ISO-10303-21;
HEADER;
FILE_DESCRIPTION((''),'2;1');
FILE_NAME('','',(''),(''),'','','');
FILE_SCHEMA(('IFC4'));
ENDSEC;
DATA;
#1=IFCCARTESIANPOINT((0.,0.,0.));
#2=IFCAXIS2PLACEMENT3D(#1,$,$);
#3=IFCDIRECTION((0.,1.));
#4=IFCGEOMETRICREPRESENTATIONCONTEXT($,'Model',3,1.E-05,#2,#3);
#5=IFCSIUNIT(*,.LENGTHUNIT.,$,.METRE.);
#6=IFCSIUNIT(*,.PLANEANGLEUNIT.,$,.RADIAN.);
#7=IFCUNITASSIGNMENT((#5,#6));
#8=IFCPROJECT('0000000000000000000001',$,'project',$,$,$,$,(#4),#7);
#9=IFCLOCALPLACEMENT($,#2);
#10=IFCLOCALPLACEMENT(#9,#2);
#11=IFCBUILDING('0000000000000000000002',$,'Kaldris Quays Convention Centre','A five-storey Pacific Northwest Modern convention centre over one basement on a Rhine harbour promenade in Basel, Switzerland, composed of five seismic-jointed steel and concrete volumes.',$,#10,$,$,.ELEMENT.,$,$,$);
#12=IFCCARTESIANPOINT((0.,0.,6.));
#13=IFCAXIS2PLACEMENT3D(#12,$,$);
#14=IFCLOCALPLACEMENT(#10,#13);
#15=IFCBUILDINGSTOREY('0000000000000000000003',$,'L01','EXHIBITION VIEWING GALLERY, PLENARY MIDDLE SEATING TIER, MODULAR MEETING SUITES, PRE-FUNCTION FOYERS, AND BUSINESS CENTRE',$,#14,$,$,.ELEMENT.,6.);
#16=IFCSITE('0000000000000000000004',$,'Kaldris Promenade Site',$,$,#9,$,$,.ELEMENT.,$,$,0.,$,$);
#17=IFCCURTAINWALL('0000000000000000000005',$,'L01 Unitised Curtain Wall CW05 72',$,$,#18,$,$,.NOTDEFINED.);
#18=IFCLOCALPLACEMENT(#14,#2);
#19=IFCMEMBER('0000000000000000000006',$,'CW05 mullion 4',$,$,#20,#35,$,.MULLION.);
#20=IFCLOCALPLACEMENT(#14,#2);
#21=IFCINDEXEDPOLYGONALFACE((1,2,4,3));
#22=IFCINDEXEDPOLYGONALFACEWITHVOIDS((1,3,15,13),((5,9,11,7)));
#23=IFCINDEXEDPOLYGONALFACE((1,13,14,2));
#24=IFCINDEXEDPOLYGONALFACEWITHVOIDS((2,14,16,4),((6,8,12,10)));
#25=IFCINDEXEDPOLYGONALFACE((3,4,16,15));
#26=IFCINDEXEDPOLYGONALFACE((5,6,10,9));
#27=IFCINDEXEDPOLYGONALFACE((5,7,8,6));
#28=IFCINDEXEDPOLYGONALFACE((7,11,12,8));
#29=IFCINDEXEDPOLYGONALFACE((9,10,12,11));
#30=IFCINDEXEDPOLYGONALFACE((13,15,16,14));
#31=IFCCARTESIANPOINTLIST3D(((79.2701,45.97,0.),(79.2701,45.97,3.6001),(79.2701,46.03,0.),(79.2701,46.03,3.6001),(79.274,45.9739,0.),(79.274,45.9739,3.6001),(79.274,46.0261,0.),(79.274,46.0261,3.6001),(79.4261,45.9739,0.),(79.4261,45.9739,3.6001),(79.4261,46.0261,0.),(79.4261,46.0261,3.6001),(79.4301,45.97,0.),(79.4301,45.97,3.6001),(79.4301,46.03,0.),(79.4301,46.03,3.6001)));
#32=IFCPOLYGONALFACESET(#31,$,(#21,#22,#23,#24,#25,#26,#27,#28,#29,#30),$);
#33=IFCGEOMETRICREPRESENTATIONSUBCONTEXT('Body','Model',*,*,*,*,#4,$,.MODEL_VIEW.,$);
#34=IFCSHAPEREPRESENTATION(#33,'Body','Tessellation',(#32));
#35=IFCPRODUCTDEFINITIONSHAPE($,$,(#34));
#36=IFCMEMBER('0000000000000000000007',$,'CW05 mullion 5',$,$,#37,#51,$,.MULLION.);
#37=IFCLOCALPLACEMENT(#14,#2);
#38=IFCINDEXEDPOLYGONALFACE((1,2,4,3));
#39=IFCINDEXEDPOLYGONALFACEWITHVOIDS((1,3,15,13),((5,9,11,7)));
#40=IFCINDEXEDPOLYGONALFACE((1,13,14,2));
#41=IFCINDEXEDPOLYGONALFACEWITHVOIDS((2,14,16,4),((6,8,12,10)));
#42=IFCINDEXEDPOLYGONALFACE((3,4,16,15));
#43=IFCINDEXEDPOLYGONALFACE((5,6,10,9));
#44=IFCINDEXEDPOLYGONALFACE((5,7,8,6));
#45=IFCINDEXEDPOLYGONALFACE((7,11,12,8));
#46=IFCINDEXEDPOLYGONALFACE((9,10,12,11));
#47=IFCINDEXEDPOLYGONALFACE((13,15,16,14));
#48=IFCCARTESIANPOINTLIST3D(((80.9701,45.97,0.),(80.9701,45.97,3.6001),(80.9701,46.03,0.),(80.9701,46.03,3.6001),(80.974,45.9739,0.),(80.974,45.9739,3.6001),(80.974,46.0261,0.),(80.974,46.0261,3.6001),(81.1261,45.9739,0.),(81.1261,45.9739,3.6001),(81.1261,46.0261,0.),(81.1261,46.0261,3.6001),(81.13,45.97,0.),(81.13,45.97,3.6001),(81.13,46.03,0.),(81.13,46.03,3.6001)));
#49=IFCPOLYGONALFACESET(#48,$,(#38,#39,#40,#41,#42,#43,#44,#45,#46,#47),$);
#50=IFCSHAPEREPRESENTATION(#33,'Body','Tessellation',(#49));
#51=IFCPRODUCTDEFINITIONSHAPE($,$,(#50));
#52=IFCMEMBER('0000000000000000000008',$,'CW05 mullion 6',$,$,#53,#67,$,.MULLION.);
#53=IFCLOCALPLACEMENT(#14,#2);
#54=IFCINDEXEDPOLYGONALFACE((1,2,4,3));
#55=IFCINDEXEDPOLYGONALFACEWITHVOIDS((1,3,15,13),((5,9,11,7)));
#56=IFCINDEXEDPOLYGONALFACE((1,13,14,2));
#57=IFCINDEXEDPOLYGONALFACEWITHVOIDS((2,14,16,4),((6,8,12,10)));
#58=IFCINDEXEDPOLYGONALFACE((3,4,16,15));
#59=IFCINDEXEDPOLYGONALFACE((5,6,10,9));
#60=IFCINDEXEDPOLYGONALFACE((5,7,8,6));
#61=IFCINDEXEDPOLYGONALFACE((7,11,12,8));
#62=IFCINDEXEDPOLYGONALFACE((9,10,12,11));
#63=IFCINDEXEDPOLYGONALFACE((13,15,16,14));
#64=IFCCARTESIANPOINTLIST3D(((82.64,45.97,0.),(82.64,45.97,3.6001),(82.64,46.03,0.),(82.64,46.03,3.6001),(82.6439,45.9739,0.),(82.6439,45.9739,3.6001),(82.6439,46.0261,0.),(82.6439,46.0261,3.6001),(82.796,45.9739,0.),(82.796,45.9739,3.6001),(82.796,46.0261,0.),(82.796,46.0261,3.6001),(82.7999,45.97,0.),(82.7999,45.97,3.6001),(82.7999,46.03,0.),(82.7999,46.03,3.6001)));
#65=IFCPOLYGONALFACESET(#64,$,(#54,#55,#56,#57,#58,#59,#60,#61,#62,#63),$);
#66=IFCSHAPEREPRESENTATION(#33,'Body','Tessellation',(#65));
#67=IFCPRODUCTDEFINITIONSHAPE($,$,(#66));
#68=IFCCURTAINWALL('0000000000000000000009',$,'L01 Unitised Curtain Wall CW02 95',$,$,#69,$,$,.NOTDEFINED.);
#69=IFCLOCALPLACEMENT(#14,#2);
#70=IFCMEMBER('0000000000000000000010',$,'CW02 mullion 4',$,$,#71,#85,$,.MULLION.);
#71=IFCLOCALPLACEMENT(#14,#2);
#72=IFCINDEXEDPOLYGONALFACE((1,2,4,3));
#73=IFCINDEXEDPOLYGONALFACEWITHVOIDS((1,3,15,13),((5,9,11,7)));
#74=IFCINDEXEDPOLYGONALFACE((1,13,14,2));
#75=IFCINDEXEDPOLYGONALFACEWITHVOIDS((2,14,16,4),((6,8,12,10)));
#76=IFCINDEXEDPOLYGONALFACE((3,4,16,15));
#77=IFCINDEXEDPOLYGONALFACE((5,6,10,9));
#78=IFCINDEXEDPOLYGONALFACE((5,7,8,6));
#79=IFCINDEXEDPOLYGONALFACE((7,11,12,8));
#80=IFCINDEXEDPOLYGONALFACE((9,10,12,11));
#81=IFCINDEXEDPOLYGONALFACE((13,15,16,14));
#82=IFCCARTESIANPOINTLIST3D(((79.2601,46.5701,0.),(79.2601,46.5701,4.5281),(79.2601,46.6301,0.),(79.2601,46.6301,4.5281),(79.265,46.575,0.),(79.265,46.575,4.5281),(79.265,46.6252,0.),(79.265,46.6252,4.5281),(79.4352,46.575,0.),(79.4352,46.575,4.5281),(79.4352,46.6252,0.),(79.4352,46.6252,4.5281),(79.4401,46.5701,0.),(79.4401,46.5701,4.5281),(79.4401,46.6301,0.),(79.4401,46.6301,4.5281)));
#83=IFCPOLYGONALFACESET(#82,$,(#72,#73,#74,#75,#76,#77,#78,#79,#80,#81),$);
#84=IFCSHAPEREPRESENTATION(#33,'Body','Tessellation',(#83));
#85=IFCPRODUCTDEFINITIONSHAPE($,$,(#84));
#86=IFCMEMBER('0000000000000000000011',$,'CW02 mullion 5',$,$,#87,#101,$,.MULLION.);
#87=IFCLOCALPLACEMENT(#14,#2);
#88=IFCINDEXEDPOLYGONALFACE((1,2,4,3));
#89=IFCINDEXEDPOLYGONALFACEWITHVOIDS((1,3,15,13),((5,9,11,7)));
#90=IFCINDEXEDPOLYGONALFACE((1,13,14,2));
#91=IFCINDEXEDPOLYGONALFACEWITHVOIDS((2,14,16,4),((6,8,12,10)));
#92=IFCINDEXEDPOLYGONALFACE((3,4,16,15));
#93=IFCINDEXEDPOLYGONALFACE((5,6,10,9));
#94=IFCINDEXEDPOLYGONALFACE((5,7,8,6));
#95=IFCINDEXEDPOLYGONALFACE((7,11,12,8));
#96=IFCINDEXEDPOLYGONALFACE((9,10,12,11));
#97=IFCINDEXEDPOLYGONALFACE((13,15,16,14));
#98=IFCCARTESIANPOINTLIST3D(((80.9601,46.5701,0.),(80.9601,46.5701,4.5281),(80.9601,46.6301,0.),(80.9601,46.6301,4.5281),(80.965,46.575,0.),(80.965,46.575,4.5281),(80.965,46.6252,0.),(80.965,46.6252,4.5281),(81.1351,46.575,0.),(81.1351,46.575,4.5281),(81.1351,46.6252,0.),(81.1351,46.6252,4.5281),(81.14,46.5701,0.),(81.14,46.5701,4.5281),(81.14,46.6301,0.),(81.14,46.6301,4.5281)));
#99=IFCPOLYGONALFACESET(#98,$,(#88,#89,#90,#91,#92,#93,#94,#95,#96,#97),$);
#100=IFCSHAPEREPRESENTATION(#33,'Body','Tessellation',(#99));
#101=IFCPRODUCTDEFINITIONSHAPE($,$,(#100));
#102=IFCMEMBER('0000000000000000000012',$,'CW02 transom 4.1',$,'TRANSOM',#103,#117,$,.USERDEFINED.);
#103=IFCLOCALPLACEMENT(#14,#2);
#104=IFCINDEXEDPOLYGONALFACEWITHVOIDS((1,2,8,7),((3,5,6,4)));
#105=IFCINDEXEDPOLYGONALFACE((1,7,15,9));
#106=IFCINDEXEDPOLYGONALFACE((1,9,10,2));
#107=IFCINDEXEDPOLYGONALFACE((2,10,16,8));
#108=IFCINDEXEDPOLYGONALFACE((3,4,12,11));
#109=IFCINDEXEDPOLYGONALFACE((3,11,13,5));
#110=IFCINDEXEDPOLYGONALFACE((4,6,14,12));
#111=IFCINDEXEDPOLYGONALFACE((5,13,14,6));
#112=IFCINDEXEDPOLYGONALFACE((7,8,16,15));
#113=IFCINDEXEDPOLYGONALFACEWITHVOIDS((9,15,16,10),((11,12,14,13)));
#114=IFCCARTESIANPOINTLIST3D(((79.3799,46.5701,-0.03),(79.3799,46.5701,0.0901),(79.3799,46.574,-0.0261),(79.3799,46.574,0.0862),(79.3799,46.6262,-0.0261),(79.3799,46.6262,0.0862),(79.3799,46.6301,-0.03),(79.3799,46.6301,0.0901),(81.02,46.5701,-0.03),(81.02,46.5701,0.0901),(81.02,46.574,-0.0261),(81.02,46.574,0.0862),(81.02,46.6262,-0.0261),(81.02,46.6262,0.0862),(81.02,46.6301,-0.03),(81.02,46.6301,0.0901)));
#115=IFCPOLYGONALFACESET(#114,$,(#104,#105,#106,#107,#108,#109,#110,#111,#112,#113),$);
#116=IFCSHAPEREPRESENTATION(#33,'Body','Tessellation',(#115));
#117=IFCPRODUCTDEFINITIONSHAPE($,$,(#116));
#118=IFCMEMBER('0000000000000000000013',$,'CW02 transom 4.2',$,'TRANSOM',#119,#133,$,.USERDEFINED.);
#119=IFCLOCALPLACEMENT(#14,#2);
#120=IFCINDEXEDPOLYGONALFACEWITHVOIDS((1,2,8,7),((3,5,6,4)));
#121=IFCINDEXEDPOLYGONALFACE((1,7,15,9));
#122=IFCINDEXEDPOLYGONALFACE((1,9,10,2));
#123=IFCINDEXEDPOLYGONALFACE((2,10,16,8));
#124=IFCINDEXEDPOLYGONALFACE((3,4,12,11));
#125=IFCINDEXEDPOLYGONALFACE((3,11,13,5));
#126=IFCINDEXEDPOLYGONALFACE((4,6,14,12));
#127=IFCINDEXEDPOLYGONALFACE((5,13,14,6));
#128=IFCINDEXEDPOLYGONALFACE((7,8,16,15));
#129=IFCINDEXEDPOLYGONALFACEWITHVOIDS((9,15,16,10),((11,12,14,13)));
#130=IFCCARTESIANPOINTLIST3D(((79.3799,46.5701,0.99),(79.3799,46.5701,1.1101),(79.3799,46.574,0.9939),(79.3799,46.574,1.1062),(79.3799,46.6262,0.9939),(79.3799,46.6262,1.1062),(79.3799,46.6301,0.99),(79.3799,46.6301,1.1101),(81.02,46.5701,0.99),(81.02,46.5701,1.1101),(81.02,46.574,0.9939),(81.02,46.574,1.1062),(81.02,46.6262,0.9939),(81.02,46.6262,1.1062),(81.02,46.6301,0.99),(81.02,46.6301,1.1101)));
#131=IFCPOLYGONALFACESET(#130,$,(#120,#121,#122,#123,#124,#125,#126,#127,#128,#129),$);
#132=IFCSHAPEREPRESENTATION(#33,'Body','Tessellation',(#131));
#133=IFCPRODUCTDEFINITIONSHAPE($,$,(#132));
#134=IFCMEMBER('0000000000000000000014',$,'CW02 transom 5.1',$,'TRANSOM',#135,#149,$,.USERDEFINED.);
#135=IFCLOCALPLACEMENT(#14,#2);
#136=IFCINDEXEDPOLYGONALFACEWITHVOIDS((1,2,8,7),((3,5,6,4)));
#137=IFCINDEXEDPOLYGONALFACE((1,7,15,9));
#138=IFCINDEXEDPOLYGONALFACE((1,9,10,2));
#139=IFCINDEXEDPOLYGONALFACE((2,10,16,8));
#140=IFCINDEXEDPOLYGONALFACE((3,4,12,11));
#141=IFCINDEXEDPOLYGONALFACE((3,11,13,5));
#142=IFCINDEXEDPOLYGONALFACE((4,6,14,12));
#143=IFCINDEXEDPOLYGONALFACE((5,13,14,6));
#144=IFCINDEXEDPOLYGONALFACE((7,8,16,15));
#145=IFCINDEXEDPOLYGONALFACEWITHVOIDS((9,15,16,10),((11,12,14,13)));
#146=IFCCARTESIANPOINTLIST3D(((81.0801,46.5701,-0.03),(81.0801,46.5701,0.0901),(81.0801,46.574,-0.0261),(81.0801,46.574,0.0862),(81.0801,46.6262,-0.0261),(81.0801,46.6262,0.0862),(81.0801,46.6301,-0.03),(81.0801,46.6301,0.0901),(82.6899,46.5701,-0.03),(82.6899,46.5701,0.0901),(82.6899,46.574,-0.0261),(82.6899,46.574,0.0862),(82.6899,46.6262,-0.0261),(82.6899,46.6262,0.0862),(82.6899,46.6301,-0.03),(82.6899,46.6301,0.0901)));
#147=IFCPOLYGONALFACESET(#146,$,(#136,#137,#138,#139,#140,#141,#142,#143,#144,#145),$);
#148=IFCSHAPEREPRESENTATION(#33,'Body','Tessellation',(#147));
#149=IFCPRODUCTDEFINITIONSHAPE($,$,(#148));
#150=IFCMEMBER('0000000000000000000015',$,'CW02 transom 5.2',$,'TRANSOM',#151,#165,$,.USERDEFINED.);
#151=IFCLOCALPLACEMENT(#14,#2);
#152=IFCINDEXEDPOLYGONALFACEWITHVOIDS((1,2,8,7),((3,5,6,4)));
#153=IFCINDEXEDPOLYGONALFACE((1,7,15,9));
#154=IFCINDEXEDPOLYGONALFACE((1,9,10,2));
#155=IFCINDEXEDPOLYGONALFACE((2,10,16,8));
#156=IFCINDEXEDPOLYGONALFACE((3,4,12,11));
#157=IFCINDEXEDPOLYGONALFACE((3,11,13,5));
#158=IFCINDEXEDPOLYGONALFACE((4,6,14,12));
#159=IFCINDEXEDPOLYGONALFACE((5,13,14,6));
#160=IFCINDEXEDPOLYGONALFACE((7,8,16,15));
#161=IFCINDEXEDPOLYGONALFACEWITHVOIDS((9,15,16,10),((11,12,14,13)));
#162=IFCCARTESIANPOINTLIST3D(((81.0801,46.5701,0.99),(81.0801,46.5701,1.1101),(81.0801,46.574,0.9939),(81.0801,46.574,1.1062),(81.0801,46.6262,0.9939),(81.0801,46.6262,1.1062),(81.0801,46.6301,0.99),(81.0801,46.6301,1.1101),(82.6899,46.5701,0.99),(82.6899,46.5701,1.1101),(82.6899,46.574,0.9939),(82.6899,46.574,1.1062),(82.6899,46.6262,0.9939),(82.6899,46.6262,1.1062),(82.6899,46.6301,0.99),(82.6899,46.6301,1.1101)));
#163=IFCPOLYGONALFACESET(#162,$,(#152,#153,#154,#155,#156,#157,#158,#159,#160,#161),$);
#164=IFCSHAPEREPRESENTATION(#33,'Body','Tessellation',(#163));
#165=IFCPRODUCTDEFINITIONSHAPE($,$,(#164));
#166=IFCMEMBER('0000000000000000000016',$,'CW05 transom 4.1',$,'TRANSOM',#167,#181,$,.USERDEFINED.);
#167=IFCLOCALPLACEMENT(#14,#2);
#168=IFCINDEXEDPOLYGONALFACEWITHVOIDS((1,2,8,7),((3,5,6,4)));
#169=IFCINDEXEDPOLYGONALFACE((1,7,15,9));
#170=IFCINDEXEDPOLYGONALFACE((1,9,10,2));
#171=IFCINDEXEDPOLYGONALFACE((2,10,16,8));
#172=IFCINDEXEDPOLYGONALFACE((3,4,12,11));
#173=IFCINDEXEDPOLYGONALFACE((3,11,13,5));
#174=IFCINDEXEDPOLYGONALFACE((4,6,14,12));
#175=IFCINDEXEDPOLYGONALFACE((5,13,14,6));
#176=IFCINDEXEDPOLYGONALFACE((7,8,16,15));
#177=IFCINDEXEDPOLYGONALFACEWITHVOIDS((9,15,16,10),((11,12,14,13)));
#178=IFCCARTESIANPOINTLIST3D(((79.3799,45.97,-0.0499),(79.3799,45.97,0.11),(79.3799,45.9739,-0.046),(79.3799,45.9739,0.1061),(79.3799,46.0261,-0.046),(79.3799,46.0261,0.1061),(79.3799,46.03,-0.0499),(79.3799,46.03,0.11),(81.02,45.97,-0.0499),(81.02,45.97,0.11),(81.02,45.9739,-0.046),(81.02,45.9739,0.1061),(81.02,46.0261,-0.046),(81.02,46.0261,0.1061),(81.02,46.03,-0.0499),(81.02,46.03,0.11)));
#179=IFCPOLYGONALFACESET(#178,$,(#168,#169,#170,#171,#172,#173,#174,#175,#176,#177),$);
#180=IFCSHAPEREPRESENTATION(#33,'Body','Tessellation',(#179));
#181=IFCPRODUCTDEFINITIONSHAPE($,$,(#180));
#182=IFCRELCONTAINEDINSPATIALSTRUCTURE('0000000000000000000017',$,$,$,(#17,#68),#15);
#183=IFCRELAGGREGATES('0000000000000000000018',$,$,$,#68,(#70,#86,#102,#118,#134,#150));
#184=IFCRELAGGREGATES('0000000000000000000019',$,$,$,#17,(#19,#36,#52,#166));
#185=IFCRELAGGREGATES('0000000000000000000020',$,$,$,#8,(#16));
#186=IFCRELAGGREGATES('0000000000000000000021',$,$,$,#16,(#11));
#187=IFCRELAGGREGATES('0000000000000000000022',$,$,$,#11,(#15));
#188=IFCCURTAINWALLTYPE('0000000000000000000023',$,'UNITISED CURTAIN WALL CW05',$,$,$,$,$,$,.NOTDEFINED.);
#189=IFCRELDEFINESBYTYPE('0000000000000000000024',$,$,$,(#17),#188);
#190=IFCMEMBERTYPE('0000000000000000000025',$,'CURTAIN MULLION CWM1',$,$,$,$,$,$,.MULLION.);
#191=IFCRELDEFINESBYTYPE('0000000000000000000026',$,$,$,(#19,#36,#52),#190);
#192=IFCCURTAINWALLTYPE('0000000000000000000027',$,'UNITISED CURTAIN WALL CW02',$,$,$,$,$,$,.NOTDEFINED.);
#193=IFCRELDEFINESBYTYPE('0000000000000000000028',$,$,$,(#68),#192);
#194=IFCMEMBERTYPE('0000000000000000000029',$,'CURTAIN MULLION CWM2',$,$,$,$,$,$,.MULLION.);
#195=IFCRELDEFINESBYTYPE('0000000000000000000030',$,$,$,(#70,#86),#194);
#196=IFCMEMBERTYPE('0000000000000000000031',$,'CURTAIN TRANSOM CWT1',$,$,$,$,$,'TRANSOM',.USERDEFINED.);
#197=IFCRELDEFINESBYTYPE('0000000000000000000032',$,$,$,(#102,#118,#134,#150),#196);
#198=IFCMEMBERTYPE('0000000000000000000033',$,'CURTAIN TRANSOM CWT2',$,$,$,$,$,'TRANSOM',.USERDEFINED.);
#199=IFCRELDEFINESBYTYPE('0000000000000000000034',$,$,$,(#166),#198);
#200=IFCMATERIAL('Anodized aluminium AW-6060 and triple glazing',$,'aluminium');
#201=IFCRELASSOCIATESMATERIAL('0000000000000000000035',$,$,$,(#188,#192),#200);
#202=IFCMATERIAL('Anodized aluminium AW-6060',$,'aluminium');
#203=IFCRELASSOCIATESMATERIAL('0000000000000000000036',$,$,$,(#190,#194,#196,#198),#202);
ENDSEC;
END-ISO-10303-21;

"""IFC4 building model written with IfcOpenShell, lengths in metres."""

from ifc_helpers import new_model, si_unit, direction, frame, origin, origin_2d, place, context, subcontext, project, spatial, hollow_rectangle, extrude, material, material_profile, profile_set, type_object, element, aggregate, save


model = new_model("IFC4")

# Units and contexts
model_context = context("Model", 3, precision=1e-05, world=origin(), true_north=direction((0.0, 1.0)))
body_context = subcontext(model_context, "Body", "Model", "MODEL_VIEW")
ifc_project = project(units=[si_unit("LENGTHUNIT", "METRE"), si_unit("PLANEANGLEUNIT", "RADIAN")], contexts=[model_context])

# Site, building, storey
site_placement = place(None, origin())
site = spatial("IfcSite", under=ifc_project, at=site_placement, Name="Kaldris Promenade Site", CompositionType="ELEMENT", RefElevation=0.0)
building_placement = place(site_placement, origin())
building = spatial("IfcBuilding", under=site, at=building_placement, Name="Kaldris Quays Convention Centre", Description="A five-storey Pacific Northwest Modern convention centre over one basement on a Rhine harbour promenade in Basel, Switzerland, composed of five seismic-jointed steel and concrete volumes.", CompositionType="ELEMENT")
storey_placement = place(building_placement, frame((0.0, 0.0, 6.0)))
storey = spatial("IfcBuildingStorey", under=building, at=storey_placement, Name="L01", Description="EXHIBITION VIEWING GALLERY, PLENARY MIDDLE SEATING TIER, MODULAR MEETING SUITES, PRE-FUNCTION FOYERS, AND BUSINESS CENTRE", CompositionType="ELEMENT", Elevation=6.0)

# Curtain walls, members
ifc_material_1 = material(Name="Anodized aluminium AW-6060 and triple glazing", Category="aluminium")
curtain_wall_type_1 = type_object("IfcCurtainWallType", Name="UNITISED CURTAIN WALL CW05", PredefinedType="NOTDEFINED", material=ifc_material_1)
curtain_wall_1_placement = place(storey_placement, origin())
curtain_wall_1 = element("IfcCurtainWall", 1, at=curtain_wall_1_placement, inside=storey, type_object=curtain_wall_type_1, Name="L01 Unitised Curtain Wall CW05 72", PredefinedType="NOTDEFINED")
ifc_material_2 = material(Name="Anodized aluminium AW-6060", Category="aluminium")
ifc_material_profile_1 = material_profile(ifc_material_2, hollow_rectangle(XDim=0.0601, YDim=0.1599, WallThickness=0.0039, at=origin_2d()), Name="RHS 160x60x4")
ifc_profile_set_1 = profile_set([ifc_material_profile_1], Name="Anodized aluminium AW-6060")
member_type_1 = type_object("IfcMemberType", Name="CURTAIN MULLION CWM1", PredefinedType="MULLION", material=ifc_profile_set_1)
member_1_placement = place(storey_placement, frame((79.3501, 46.0, 0.0), z_axis=(0.0, 0.0, 1.0), x_axis=(0.0, 1.0, 0.0)))
member_1 = element("IfcMember", 2, at=member_1_placement, type_object=member_type_1, Name="CW05 mullion 4", PredefinedType="MULLION", context=body_context, shape_type="SweptSolid", body=[
    extrude(hollow_rectangle(XDim=0.0601, YDim=0.1599, WallThickness=0.0039, at=origin_2d()), origin(), (0.0, 0.0, 1.0), 3.6001),
])
member_2_placement = place(storey_placement, frame((81.05, 46.0, 0.0), z_axis=(0.0, 0.0, 1.0), x_axis=(0.0, 1.0, 0.0)))
member_2 = element("IfcMember", 3, at=member_2_placement, type_object=member_type_1, Name="CW05 mullion 5", PredefinedType="MULLION", context=body_context, shape_type="SweptSolid", body=[
    extrude(hollow_rectangle(XDim=0.0601, YDim=0.1599, WallThickness=0.0039, at=origin_2d()), origin(), (0.0, 0.0, 1.0), 3.6001),
])
member_3_placement = place(storey_placement, frame((82.72, 46.0, 0.0), z_axis=(0.0, 0.0, 1.0), x_axis=(0.0, 1.0, 0.0)))
member_3 = element("IfcMember", 4, at=member_3_placement, type_object=member_type_1, Name="CW05 mullion 6", PredefinedType="MULLION", context=body_context, shape_type="SweptSolid", body=[
    extrude(hollow_rectangle(XDim=0.0601, YDim=0.1599, WallThickness=0.0039, at=origin_2d()), origin(), (0.0, 0.0, 1.0), 3.6001),
])
curtain_wall_type_2 = type_object("IfcCurtainWallType", Name="UNITISED CURTAIN WALL CW02", PredefinedType="NOTDEFINED", material=ifc_material_1)
curtain_wall_2_placement = place(storey_placement, origin())
curtain_wall_2 = element("IfcCurtainWall", 5, at=curtain_wall_2_placement, inside=storey, type_object=curtain_wall_type_2, Name="L01 Unitised Curtain Wall CW02 95", PredefinedType="NOTDEFINED")
ifc_material_profile_2 = material_profile(ifc_material_2, hollow_rectangle(XDim=0.0601, YDim=0.1799, WallThickness=0.0049, at=origin_2d()), Name="RHS 180x60x5")
ifc_profile_set_2 = profile_set([ifc_material_profile_2], Name="Anodized aluminium AW-6060")
member_type_2 = type_object("IfcMemberType", Name="CURTAIN MULLION CWM2", PredefinedType="MULLION", material=ifc_profile_set_2)
member_4_placement = place(storey_placement, frame((79.3501, 46.6001, 0.0), z_axis=(0.0, 0.0, 1.0), x_axis=(0.0, 1.0, 0.0)))
member_4 = element("IfcMember", 6, at=member_4_placement, type_object=member_type_2, Name="CW02 mullion 4", PredefinedType="MULLION", context=body_context, shape_type="SweptSolid", body=[
    extrude(hollow_rectangle(XDim=0.0601, YDim=0.1799, WallThickness=0.0049, at=origin_2d()), origin(), (0.0, 0.0, 1.0), 4.5281),
])
member_5_placement = place(storey_placement, frame((81.05, 46.6001, 0.0), z_axis=(0.0, 0.0, 1.0), x_axis=(0.0, 1.0, 0.0)))
member_5 = element("IfcMember", 7, at=member_5_placement, type_object=member_type_2, Name="CW02 mullion 5", PredefinedType="MULLION", context=body_context, shape_type="SweptSolid", body=[
    extrude(hollow_rectangle(XDim=0.0601, YDim=0.1799, WallThickness=0.0049, at=origin_2d()), origin(), (0.0, 0.0, 1.0), 4.5281),
])
ifc_material_profile_3 = material_profile(ifc_material_2, hollow_rectangle(XDim=0.0601, YDim=0.1201, WallThickness=0.0039, at=origin_2d()), Name="RHS 120x60x4")
ifc_profile_set_3 = profile_set([ifc_material_profile_3], Name="Anodized aluminium AW-6060")
member_type_3 = type_object("IfcMemberType", Name="CURTAIN TRANSOM CWT1", ElementType="TRANSOM", PredefinedType="USERDEFINED", material=ifc_profile_set_3)
member_6_placement = place(storey_placement, frame((79.3799, 46.6001, 0.03), z_axis=(1.0, 0.0, 0.0), x_axis=(0.0, 1.0, 0.0)))
member_6 = element("IfcMember", 8, at=member_6_placement, type_object=member_type_3, Name="CW02 transom 4.1", ObjectType="TRANSOM", PredefinedType="USERDEFINED", context=body_context, shape_type="SweptSolid", body=[
    extrude(hollow_rectangle(XDim=0.0601, YDim=0.1201, WallThickness=0.0039, at=origin_2d()), origin(), (0.0, 0.0, 1.0), 1.6401),
])
member_7_placement = place(storey_placement, frame((79.3799, 46.6001, 1.05), z_axis=(1.0, 0.0, 0.0), x_axis=(0.0, 1.0, 0.0)))
member_7 = element("IfcMember", 9, at=member_7_placement, type_object=member_type_3, Name="CW02 transom 4.2", ObjectType="TRANSOM", PredefinedType="USERDEFINED", context=body_context, shape_type="SweptSolid", body=[
    extrude(hollow_rectangle(XDim=0.0601, YDim=0.1201, WallThickness=0.0039, at=origin_2d()), origin(), (0.0, 0.0, 1.0), 1.6401),
])
member_8_placement = place(storey_placement, frame((81.0801, 46.6001, 0.03), z_axis=(1.0, 0.0, 0.0), x_axis=(0.0, 1.0, 0.0)))
member_8 = element("IfcMember", 10, at=member_8_placement, type_object=member_type_3, Name="CW02 transom 5.1", ObjectType="TRANSOM", PredefinedType="USERDEFINED", context=body_context, shape_type="SweptSolid", body=[
    extrude(hollow_rectangle(XDim=0.0601, YDim=0.1201, WallThickness=0.0039, at=origin_2d()), origin(), (0.0, 0.0, 1.0), 1.6099),
])
member_9_placement = place(storey_placement, frame((81.0801, 46.6001, 1.05), z_axis=(1.0, 0.0, 0.0), x_axis=(0.0, 1.0, 0.0)))
member_9 = element("IfcMember", 11, at=member_9_placement, type_object=member_type_3, Name="CW02 transom 5.2", ObjectType="TRANSOM", PredefinedType="USERDEFINED", context=body_context, shape_type="SweptSolid", body=[
    extrude(hollow_rectangle(XDim=0.0601, YDim=0.1201, WallThickness=0.0039, at=origin_2d()), origin(), (0.0, 0.0, 1.0), 1.6099),
])

# Member
ifc_material_profile_4 = material_profile(ifc_material_2, hollow_rectangle(XDim=0.0601, YDim=0.1599, WallThickness=0.0039, at=origin_2d()), Name="RHS 160x60x4")
ifc_profile_set_4 = profile_set([ifc_material_profile_4], Name="Anodized aluminium AW-6060")
member_type_4 = type_object("IfcMemberType", Name="CURTAIN TRANSOM CWT2", ElementType="TRANSOM", PredefinedType="USERDEFINED", material=ifc_profile_set_4)
member_10_placement = place(storey_placement, frame((79.3799, 46.0, 0.03), z_axis=(1.0, 0.0, 0.0), x_axis=(0.0, 1.0, 0.0)))
member_10 = element("IfcMember", 12, at=member_10_placement, type_object=member_type_4, Name="CW05 transom 4.1", ObjectType="TRANSOM", PredefinedType="USERDEFINED", context=body_context, shape_type="SweptSolid", body=[
    extrude(hollow_rectangle(XDim=0.0601, YDim=0.1599, WallThickness=0.0039, at=origin_2d()), origin(), (0.0, 0.0, 1.0), 1.6401),
])

aggregate(curtain_wall_2, [member_4, member_5, member_6, member_7, member_8, member_9])
aggregate(curtain_wall_1, [member_1, member_2, member_3, member_10])

save(model, "model.ifc")
